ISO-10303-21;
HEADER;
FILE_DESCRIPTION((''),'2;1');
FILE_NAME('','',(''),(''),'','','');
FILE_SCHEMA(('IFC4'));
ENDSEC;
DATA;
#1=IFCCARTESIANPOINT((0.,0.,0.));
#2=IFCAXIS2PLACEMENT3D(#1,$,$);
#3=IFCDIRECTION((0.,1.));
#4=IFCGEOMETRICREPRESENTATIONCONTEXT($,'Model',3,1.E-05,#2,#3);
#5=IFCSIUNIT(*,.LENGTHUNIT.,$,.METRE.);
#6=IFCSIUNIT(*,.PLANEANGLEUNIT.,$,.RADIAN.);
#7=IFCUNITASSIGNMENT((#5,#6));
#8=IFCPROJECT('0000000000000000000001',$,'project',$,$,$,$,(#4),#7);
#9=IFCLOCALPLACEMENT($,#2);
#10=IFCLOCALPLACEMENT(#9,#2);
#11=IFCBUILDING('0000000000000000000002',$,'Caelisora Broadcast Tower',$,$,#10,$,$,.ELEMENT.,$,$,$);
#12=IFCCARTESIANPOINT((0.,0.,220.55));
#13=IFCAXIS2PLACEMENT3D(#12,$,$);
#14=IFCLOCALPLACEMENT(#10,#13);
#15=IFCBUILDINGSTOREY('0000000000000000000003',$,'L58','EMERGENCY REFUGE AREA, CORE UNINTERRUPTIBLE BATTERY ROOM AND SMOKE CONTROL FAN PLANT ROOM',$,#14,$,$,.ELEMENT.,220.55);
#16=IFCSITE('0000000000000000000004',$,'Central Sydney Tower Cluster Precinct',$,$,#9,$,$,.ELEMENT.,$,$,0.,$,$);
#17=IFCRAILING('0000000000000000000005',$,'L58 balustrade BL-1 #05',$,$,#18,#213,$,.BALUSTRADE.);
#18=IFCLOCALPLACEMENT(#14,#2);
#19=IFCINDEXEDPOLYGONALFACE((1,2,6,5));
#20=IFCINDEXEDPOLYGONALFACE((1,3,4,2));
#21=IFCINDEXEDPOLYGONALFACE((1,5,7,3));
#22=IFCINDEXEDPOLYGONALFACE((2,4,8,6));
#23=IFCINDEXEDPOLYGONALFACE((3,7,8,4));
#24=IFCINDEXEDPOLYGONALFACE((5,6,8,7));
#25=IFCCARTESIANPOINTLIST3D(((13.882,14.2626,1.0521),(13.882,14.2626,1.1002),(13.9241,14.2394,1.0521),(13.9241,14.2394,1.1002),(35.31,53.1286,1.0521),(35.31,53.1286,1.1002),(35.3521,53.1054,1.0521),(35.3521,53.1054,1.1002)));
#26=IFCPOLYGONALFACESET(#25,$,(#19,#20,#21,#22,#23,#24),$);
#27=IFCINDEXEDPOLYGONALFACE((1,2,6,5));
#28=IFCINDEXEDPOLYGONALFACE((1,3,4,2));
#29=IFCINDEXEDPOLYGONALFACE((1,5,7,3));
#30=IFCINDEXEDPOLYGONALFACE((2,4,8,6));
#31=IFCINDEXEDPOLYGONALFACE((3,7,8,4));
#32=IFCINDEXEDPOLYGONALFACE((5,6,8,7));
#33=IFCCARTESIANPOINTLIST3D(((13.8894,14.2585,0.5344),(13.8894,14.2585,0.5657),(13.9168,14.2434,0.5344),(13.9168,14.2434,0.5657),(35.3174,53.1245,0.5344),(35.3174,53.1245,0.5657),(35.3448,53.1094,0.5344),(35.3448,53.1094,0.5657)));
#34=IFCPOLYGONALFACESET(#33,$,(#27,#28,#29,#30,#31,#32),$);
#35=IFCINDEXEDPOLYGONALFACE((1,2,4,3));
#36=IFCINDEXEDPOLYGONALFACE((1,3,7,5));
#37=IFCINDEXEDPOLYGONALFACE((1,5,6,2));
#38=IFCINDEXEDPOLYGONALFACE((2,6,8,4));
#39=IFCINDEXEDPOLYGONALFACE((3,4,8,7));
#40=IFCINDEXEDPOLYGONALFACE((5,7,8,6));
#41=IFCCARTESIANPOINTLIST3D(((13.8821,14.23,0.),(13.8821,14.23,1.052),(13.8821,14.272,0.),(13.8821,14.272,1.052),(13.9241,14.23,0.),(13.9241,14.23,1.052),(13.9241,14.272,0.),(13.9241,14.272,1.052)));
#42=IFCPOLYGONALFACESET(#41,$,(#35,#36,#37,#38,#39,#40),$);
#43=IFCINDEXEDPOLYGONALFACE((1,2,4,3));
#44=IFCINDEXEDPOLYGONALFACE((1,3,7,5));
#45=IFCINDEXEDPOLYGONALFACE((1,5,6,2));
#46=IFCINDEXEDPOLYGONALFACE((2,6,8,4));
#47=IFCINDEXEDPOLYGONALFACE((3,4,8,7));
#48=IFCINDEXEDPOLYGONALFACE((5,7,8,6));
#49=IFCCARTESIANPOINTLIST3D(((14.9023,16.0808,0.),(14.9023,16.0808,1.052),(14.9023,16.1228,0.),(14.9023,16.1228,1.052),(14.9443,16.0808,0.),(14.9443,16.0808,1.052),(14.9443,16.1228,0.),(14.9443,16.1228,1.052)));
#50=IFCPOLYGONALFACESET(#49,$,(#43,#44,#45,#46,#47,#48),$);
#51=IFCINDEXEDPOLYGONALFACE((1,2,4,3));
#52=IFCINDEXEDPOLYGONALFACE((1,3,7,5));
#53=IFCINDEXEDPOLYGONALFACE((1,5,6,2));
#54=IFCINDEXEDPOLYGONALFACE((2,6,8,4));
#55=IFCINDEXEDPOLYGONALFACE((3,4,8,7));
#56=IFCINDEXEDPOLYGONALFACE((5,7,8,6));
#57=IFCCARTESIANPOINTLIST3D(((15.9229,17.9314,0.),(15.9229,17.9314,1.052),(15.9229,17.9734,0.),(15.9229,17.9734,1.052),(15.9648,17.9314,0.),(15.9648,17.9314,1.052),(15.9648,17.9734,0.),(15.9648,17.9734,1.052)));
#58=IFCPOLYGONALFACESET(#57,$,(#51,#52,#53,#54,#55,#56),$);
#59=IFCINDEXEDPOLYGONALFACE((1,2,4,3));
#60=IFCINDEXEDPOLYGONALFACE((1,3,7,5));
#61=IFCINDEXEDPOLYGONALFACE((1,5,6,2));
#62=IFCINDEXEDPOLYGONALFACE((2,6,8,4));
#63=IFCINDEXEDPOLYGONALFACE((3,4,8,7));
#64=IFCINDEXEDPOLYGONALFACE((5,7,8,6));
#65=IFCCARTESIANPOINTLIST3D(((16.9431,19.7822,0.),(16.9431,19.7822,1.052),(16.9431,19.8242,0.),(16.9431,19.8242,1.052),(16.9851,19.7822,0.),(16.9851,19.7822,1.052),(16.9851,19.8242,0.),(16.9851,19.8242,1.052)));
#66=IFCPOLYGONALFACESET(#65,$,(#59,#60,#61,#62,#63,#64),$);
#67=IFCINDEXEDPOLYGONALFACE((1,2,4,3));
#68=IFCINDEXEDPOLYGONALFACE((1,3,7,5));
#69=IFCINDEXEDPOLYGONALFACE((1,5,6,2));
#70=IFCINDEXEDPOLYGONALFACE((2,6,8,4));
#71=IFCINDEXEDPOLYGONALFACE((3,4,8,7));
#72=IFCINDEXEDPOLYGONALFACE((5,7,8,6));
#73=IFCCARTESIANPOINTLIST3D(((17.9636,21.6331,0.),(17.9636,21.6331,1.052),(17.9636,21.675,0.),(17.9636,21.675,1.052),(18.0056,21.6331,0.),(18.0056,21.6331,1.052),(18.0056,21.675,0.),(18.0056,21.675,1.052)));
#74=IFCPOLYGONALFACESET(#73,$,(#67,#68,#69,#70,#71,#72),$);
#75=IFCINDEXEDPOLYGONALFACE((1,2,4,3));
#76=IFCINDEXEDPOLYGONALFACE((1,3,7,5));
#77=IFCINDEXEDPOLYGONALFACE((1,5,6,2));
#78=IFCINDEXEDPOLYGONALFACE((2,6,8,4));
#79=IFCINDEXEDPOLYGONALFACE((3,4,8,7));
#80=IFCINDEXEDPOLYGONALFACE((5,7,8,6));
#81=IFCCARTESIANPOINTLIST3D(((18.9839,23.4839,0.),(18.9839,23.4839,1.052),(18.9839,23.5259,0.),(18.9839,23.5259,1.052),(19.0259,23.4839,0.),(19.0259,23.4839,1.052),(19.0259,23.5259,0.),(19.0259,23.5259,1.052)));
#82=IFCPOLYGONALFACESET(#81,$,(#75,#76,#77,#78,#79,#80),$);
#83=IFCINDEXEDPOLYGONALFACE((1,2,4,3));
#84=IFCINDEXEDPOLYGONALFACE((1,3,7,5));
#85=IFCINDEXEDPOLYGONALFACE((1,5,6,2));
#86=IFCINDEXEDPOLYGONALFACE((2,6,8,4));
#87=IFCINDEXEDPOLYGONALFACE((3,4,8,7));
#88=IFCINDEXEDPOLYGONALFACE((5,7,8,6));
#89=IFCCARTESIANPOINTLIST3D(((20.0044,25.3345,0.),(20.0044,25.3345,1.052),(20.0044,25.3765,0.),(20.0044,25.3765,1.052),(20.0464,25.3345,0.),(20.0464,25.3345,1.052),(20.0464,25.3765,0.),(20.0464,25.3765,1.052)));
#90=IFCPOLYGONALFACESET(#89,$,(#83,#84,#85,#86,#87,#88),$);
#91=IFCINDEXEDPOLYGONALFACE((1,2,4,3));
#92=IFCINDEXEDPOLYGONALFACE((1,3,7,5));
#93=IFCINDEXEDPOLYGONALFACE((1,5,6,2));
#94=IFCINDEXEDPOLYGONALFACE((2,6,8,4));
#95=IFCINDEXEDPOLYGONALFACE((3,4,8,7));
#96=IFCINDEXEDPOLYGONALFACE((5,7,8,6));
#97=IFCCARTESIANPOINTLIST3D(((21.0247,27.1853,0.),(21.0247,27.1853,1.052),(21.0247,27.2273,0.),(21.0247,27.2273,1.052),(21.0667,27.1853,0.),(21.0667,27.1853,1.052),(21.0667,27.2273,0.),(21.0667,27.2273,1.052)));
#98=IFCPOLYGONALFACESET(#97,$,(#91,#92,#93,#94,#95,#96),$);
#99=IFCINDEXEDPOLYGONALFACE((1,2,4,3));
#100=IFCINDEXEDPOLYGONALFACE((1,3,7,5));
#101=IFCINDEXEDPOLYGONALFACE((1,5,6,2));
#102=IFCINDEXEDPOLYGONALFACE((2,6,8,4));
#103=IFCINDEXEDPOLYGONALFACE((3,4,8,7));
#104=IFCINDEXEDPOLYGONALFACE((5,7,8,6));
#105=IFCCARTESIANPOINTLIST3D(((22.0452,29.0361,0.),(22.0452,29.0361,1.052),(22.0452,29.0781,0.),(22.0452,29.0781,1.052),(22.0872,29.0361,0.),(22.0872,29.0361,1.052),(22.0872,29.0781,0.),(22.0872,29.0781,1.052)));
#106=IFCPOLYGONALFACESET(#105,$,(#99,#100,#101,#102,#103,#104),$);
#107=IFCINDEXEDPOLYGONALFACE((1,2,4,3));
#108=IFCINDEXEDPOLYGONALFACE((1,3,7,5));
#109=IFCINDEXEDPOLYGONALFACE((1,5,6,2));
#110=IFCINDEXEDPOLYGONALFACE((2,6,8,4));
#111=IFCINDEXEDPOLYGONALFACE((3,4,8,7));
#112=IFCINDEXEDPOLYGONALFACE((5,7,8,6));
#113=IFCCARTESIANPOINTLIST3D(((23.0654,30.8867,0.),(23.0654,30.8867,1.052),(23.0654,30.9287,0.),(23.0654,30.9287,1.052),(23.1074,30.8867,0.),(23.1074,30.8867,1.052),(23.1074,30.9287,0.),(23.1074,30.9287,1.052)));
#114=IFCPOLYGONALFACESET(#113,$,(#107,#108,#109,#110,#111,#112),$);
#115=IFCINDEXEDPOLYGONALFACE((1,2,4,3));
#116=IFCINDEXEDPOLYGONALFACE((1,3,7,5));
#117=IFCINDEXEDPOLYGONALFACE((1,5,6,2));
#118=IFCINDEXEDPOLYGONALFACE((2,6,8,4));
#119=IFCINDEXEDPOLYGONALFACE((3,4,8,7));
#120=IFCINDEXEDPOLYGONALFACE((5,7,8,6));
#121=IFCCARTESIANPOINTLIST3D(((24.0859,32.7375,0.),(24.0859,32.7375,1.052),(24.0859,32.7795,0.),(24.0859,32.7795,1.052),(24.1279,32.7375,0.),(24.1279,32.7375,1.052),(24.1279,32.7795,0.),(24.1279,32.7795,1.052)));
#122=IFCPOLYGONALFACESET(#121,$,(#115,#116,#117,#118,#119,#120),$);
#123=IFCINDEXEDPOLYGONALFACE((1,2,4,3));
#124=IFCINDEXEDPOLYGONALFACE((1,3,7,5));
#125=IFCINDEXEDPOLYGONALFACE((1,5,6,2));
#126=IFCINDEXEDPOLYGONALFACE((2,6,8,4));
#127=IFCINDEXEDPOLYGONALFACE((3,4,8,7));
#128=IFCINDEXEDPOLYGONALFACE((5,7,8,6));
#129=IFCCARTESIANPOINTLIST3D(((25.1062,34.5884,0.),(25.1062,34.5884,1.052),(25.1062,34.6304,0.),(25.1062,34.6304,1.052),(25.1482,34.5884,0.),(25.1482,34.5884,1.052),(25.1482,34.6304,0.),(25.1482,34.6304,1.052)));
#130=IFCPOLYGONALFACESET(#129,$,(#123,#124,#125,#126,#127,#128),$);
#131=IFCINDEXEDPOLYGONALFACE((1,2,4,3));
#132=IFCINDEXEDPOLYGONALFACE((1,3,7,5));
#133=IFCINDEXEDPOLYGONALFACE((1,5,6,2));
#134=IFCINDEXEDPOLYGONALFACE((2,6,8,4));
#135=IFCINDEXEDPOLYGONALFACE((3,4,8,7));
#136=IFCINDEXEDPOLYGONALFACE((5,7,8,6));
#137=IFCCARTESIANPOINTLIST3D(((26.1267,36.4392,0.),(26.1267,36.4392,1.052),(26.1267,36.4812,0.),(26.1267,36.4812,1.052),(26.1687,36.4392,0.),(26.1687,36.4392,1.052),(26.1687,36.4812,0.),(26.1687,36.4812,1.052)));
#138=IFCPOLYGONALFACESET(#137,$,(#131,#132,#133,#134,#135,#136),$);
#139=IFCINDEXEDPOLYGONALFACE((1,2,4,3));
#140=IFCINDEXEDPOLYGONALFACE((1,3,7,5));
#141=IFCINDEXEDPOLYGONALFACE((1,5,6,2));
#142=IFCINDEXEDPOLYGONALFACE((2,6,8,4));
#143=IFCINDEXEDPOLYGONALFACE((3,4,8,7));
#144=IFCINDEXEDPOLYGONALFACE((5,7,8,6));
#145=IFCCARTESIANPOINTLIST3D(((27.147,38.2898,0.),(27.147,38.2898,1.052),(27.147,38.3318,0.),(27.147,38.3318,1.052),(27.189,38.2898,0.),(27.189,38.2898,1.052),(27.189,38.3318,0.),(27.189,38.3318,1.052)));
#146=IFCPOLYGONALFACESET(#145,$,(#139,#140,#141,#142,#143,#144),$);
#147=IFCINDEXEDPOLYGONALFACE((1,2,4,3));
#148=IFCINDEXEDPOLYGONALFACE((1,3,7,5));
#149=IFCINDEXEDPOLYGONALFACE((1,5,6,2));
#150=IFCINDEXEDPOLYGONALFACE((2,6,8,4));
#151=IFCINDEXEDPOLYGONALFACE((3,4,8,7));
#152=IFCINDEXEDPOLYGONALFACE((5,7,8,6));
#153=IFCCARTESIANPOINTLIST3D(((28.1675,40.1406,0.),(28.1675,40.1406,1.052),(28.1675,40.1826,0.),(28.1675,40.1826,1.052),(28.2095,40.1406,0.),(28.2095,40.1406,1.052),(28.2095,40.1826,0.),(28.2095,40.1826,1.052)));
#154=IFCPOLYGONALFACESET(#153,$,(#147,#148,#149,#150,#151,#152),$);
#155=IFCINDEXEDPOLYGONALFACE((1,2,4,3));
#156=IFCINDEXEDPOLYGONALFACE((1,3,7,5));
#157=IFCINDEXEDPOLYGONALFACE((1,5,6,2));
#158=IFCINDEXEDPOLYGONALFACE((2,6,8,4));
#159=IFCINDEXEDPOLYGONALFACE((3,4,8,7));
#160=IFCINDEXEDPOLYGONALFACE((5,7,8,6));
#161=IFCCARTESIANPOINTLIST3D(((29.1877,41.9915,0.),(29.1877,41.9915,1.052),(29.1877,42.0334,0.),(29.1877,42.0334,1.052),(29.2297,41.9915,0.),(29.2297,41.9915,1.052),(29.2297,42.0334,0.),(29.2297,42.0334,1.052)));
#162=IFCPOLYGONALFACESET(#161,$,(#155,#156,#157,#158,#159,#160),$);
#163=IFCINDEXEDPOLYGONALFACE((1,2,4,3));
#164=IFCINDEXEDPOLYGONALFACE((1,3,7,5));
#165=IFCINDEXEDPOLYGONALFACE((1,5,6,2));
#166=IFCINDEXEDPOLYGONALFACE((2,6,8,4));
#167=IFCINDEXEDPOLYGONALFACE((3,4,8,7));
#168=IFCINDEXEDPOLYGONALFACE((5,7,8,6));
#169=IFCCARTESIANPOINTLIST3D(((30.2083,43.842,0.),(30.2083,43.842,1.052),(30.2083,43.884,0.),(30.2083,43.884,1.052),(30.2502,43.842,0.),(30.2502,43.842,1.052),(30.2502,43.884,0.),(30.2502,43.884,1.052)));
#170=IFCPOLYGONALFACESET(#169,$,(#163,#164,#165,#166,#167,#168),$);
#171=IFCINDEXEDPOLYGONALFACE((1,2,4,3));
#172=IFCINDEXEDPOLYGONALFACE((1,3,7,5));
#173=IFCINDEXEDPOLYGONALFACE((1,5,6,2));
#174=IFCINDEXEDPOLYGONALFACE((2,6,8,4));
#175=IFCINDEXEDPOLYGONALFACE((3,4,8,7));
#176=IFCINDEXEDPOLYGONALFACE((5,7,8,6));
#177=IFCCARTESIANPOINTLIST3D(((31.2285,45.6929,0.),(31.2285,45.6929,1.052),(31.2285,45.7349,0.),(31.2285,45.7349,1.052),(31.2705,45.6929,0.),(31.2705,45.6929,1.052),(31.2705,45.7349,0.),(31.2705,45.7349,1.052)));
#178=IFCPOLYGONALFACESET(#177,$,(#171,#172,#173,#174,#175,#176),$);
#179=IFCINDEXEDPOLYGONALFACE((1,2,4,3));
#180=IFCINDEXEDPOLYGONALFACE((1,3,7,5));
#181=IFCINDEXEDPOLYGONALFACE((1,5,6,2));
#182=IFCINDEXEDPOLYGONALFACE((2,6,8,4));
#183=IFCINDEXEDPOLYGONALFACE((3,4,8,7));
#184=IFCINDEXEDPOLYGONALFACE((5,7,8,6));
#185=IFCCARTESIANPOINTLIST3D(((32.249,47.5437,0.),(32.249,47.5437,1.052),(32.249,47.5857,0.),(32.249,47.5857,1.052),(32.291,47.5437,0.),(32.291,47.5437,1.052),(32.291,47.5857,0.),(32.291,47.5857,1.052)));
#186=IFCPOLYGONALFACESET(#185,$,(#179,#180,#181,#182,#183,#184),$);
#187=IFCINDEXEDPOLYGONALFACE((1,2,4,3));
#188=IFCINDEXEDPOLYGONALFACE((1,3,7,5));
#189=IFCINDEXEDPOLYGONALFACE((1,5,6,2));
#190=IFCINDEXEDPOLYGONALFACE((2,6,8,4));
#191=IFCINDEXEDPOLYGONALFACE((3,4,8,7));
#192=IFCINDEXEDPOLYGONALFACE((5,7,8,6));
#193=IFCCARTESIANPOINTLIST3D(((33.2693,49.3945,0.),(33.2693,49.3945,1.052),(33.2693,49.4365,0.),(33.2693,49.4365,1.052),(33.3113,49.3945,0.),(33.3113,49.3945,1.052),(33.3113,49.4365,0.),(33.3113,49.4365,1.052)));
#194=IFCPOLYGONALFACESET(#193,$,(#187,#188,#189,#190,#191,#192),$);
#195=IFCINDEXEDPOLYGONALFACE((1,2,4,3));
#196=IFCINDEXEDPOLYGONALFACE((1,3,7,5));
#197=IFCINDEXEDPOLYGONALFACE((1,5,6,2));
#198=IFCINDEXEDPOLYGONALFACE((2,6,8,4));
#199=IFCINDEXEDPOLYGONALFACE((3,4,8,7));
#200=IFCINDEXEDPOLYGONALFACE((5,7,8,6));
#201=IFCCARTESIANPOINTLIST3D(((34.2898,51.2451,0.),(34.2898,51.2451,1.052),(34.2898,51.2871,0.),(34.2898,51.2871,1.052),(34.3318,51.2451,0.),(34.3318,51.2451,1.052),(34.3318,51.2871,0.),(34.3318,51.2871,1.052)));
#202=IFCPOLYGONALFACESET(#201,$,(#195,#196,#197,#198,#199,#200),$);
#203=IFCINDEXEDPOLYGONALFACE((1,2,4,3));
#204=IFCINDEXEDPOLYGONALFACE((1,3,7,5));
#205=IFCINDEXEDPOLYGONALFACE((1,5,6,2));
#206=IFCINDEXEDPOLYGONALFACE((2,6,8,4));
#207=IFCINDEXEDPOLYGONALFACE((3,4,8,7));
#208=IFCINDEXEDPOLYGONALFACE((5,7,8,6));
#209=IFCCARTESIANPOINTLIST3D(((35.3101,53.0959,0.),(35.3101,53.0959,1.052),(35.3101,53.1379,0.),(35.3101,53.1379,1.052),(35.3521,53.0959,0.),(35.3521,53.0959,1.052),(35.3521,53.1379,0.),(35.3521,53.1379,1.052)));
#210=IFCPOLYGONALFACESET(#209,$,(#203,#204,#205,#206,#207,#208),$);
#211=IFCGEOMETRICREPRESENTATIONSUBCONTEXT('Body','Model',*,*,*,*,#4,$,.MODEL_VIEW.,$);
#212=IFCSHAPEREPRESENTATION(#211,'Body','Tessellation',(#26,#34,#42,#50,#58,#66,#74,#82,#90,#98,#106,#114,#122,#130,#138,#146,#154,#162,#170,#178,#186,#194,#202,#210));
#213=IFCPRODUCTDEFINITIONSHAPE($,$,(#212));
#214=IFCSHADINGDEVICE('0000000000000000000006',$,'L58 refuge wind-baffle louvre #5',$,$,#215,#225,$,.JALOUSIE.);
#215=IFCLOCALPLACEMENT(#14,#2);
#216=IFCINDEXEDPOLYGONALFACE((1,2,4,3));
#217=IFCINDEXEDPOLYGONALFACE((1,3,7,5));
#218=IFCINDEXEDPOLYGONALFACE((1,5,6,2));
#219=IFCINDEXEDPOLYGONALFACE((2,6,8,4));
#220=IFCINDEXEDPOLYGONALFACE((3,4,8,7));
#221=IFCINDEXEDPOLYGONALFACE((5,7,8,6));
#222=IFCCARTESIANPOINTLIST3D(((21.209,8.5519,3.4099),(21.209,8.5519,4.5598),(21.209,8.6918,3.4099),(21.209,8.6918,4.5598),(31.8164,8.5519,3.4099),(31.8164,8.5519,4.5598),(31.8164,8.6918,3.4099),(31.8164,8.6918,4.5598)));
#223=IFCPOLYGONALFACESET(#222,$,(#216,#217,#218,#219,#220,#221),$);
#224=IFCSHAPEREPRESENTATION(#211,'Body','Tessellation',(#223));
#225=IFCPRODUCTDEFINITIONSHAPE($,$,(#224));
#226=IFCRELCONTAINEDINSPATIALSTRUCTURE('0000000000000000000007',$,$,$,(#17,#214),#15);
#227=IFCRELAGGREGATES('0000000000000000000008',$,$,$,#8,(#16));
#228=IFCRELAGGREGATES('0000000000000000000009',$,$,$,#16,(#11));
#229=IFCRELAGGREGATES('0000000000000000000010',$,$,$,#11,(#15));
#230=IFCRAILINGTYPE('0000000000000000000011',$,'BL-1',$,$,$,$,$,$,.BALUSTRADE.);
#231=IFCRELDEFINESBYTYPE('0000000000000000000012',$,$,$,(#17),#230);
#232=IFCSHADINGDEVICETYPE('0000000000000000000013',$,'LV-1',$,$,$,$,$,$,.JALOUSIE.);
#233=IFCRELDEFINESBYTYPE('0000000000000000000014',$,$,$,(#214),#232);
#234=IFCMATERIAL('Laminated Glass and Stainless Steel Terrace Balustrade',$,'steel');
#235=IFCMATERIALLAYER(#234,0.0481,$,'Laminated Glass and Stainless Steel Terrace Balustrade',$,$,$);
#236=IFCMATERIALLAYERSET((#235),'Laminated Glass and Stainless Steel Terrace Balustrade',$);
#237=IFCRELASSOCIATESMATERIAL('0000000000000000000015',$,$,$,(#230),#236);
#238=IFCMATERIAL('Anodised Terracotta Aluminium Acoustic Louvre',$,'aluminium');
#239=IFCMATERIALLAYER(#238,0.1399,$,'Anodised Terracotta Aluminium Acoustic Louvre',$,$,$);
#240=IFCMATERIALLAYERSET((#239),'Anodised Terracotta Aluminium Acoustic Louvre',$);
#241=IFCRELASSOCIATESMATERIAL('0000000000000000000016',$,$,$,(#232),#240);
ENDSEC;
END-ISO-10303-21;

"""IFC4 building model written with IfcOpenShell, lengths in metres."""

from ifc_helpers import new_model, si_unit, direction, frame, origin, origin_2d, place, context, subcontext, project, spatial, rectangle, extrude, source, transform, mapped, material, layer, layer_set, type_object, type_shapes, element, save


model = new_model("IFC4")

# Units and contexts
model_context = context("Model", 3, precision=1e-05, world=origin(), true_north=direction((0.0, 1.0)))
body_context = subcontext(model_context, "Body", "Model", "MODEL_VIEW")
ifc_project = project(units=[si_unit("LENGTHUNIT", "METRE"), si_unit("PLANEANGLEUNIT", "RADIAN")], contexts=[model_context])

# Site, building, storey
site_placement = place(None, origin())
site = spatial("IfcSite", under=ifc_project, at=site_placement, Name="Central Sydney Tower Cluster Precinct", CompositionType="ELEMENT", RefElevation=0.0)
building_placement = place(site_placement, origin())
building = spatial("IfcBuilding", under=site, at=building_placement, Name="Caelisora Broadcast Tower", CompositionType="ELEMENT")
storey_placement = place(building_placement, frame((0.0, 0.0, 220.55)))
storey = spatial("IfcBuildingStorey", under=building, at=storey_placement, Name="L58", Description="EMERGENCY REFUGE AREA, CORE UNINTERRUPTIBLE BATTERY ROOM AND SMOKE CONTROL FAN PLANT ROOM", CompositionType="ELEMENT", Elevation=220.55)

# Railing
ifc_material_1 = material(Name="Laminated Glass and Stainless Steel Terrace Balustrade", Category="steel")
ifc_layer_1 = layer(ifc_material_1, 0.0481, Name="Laminated Glass and Stainless Steel Terrace Balustrade")
ifc_layer_set_1 = layer_set([ifc_layer_1], Name="Laminated Glass and Stainless Steel Terrace Balustrade")
railing_type = type_object("IfcRailingType", Name="BL-1", PredefinedType="BALUSTRADE", material=ifc_layer_set_1)
railing_1_placement = place(storey_placement, frame((13.9031, 14.251, 0.0)))
element("IfcRailing", 1, at=railing_1_placement, inside=storey, type_object=railing_type, Name="L58 balustrade BL-1 #05", PredefinedType="BALUSTRADE", context=body_context, shape_type="SweptSolid", body=[
    extrude(rectangle(XDim=0.0481, YDim=0.0481, at=origin_2d()), frame((0.0, 0.0, 1.0762), z_axis=(0.482813, 0.875724, 0.0), x_axis=(-0.875724, 0.482813, 0.0)), (0.0, 0.0, 1.0), 44.3816),
    extrude(rectangle(XDim=0.0312, YDim=0.0312, at=origin_2d()), frame((0.0, 0.0, 0.55), z_axis=(0.482813, 0.875724, 0.0), x_axis=(-0.875724, 0.482813, 0.0)), (0.0, 0.0, 1.0), 44.3816),
    extrude(rectangle(XDim=0.042, YDim=0.042, at=origin_2d()), origin(), (0.0, 0.0, 1.0), 1.052),
    extrude(rectangle(XDim=0.042, YDim=0.042, at=origin_2d()), frame((1.0203, 1.8508, 0.0)), (0.0, 0.0, 1.0), 1.052),
    extrude(rectangle(XDim=0.042, YDim=0.042, at=origin_2d()), frame((2.0408, 3.7014, 0.0)), (0.0, 0.0, 1.0), 1.052),
    extrude(rectangle(XDim=0.042, YDim=0.042, at=origin_2d()), frame((3.061, 5.5522, 0.0)), (0.0, 0.0, 1.0), 1.052),
    extrude(rectangle(XDim=0.042, YDim=0.042, at=origin_2d()), frame((4.0815, 7.4031, 0.0)), (0.0, 0.0, 1.0), 1.052),
    extrude(rectangle(XDim=0.042, YDim=0.042, at=origin_2d()), frame((5.1018, 9.2539, 0.0)), (0.0, 0.0, 1.0), 1.052),
    extrude(rectangle(XDim=0.042, YDim=0.042, at=origin_2d()), frame((6.1223, 11.1045, 0.0)), (0.0, 0.0, 1.0), 1.052),
    extrude(rectangle(XDim=0.042, YDim=0.042, at=origin_2d()), frame((7.1426, 12.9553, 0.0)), (0.0, 0.0, 1.0), 1.052),
    extrude(rectangle(XDim=0.042, YDim=0.042, at=origin_2d()), frame((8.1631, 14.8062, 0.0)), (0.0, 0.0, 1.0), 1.052),
    extrude(rectangle(XDim=0.042, YDim=0.042, at=origin_2d()), frame((9.1833, 16.6567, 0.0)), (0.0, 0.0, 1.0), 1.052),
    extrude(rectangle(XDim=0.042, YDim=0.042, at=origin_2d()), frame((10.2039, 18.5076, 0.0)), (0.0, 0.0, 1.0), 1.052),
    extrude(rectangle(XDim=0.042, YDim=0.042, at=origin_2d()), frame((11.2241, 20.3584, 0.0)), (0.0, 0.0, 1.0), 1.052),
    extrude(rectangle(XDim=0.042, YDim=0.042, at=origin_2d()), frame((12.2446, 22.2092, 0.0)), (0.0, 0.0, 1.0), 1.052),
    extrude(rectangle(XDim=0.042, YDim=0.042, at=origin_2d()), frame((13.2649, 24.0598, 0.0)), (0.0, 0.0, 1.0), 1.052),
    extrude(rectangle(XDim=0.042, YDim=0.042, at=origin_2d()), frame((14.2854, 25.9106, 0.0)), (0.0, 0.0, 1.0), 1.052),
    extrude(rectangle(XDim=0.042, YDim=0.042, at=origin_2d()), frame((15.3057, 27.7615, 0.0)), (0.0, 0.0, 1.0), 1.052),
    extrude(rectangle(XDim=0.042, YDim=0.042, at=origin_2d()), frame((16.3262, 29.6121, 0.0)), (0.0, 0.0, 1.0), 1.052),
    extrude(rectangle(XDim=0.042, YDim=0.042, at=origin_2d()), frame((17.3464, 31.4629, 0.0)), (0.0, 0.0, 1.0), 1.052),
    extrude(rectangle(XDim=0.042, YDim=0.042, at=origin_2d()), frame((18.3669, 33.3137, 0.0)), (0.0, 0.0, 1.0), 1.052),
    extrude(rectangle(XDim=0.042, YDim=0.042, at=origin_2d()), frame((19.3872, 35.1646, 0.0)), (0.0, 0.0, 1.0), 1.052),
    extrude(rectangle(XDim=0.042, YDim=0.042, at=origin_2d()), frame((20.4077, 37.0151, 0.0)), (0.0, 0.0, 1.0), 1.052),
    extrude(rectangle(XDim=0.042, YDim=0.042, at=origin_2d()), frame((21.428, 38.866, 0.0)), (0.0, 0.0, 1.0), 1.052),
])

# Shading device
ifc_material_2 = material(Name="Anodised Terracotta Aluminium Acoustic Louvre", Category="aluminium")
ifc_layer_2 = layer(ifc_material_2, 0.1399, Name="Anodised Terracotta Aluminium Acoustic Louvre")
ifc_layer_set_2 = layer_set([ifc_layer_2], Name="Anodised Terracotta Aluminium Acoustic Louvre")
shading_device_type = type_object("IfcShadingDeviceType", Name="LV-1", PredefinedType="JALOUSIE", material=ifc_layer_set_2)
shared_shape_1 = source(origin(), body_context, "Body", "SweptSolid", [
    extrude(rectangle(XDim=10.6074, YDim=0.1399, at=origin_2d()), origin(), (0.0, 0.0, 1.0), 1.1499),
])
type_shapes(shading_device_type, [shared_shape_1])
shading_device_placement = place(storey_placement, frame((26.5127, 8.6218, 3.4099), z_axis=(0.0, 0.0, 1.0), x_axis=(1.0, 0.0, 0.0)))
element("IfcShadingDevice", 2, at=shading_device_placement, inside=storey, type_object=shading_device_type, Name="L58 refuge wind-baffle louvre #5", PredefinedType="JALOUSIE", context=body_context, shape_type="MappedRepresentation", body=[
    mapped(shared_shape_1, transform((0.0, 0.0, 0.0), scale=1.0)),
])

save(model, "model.ifc")
